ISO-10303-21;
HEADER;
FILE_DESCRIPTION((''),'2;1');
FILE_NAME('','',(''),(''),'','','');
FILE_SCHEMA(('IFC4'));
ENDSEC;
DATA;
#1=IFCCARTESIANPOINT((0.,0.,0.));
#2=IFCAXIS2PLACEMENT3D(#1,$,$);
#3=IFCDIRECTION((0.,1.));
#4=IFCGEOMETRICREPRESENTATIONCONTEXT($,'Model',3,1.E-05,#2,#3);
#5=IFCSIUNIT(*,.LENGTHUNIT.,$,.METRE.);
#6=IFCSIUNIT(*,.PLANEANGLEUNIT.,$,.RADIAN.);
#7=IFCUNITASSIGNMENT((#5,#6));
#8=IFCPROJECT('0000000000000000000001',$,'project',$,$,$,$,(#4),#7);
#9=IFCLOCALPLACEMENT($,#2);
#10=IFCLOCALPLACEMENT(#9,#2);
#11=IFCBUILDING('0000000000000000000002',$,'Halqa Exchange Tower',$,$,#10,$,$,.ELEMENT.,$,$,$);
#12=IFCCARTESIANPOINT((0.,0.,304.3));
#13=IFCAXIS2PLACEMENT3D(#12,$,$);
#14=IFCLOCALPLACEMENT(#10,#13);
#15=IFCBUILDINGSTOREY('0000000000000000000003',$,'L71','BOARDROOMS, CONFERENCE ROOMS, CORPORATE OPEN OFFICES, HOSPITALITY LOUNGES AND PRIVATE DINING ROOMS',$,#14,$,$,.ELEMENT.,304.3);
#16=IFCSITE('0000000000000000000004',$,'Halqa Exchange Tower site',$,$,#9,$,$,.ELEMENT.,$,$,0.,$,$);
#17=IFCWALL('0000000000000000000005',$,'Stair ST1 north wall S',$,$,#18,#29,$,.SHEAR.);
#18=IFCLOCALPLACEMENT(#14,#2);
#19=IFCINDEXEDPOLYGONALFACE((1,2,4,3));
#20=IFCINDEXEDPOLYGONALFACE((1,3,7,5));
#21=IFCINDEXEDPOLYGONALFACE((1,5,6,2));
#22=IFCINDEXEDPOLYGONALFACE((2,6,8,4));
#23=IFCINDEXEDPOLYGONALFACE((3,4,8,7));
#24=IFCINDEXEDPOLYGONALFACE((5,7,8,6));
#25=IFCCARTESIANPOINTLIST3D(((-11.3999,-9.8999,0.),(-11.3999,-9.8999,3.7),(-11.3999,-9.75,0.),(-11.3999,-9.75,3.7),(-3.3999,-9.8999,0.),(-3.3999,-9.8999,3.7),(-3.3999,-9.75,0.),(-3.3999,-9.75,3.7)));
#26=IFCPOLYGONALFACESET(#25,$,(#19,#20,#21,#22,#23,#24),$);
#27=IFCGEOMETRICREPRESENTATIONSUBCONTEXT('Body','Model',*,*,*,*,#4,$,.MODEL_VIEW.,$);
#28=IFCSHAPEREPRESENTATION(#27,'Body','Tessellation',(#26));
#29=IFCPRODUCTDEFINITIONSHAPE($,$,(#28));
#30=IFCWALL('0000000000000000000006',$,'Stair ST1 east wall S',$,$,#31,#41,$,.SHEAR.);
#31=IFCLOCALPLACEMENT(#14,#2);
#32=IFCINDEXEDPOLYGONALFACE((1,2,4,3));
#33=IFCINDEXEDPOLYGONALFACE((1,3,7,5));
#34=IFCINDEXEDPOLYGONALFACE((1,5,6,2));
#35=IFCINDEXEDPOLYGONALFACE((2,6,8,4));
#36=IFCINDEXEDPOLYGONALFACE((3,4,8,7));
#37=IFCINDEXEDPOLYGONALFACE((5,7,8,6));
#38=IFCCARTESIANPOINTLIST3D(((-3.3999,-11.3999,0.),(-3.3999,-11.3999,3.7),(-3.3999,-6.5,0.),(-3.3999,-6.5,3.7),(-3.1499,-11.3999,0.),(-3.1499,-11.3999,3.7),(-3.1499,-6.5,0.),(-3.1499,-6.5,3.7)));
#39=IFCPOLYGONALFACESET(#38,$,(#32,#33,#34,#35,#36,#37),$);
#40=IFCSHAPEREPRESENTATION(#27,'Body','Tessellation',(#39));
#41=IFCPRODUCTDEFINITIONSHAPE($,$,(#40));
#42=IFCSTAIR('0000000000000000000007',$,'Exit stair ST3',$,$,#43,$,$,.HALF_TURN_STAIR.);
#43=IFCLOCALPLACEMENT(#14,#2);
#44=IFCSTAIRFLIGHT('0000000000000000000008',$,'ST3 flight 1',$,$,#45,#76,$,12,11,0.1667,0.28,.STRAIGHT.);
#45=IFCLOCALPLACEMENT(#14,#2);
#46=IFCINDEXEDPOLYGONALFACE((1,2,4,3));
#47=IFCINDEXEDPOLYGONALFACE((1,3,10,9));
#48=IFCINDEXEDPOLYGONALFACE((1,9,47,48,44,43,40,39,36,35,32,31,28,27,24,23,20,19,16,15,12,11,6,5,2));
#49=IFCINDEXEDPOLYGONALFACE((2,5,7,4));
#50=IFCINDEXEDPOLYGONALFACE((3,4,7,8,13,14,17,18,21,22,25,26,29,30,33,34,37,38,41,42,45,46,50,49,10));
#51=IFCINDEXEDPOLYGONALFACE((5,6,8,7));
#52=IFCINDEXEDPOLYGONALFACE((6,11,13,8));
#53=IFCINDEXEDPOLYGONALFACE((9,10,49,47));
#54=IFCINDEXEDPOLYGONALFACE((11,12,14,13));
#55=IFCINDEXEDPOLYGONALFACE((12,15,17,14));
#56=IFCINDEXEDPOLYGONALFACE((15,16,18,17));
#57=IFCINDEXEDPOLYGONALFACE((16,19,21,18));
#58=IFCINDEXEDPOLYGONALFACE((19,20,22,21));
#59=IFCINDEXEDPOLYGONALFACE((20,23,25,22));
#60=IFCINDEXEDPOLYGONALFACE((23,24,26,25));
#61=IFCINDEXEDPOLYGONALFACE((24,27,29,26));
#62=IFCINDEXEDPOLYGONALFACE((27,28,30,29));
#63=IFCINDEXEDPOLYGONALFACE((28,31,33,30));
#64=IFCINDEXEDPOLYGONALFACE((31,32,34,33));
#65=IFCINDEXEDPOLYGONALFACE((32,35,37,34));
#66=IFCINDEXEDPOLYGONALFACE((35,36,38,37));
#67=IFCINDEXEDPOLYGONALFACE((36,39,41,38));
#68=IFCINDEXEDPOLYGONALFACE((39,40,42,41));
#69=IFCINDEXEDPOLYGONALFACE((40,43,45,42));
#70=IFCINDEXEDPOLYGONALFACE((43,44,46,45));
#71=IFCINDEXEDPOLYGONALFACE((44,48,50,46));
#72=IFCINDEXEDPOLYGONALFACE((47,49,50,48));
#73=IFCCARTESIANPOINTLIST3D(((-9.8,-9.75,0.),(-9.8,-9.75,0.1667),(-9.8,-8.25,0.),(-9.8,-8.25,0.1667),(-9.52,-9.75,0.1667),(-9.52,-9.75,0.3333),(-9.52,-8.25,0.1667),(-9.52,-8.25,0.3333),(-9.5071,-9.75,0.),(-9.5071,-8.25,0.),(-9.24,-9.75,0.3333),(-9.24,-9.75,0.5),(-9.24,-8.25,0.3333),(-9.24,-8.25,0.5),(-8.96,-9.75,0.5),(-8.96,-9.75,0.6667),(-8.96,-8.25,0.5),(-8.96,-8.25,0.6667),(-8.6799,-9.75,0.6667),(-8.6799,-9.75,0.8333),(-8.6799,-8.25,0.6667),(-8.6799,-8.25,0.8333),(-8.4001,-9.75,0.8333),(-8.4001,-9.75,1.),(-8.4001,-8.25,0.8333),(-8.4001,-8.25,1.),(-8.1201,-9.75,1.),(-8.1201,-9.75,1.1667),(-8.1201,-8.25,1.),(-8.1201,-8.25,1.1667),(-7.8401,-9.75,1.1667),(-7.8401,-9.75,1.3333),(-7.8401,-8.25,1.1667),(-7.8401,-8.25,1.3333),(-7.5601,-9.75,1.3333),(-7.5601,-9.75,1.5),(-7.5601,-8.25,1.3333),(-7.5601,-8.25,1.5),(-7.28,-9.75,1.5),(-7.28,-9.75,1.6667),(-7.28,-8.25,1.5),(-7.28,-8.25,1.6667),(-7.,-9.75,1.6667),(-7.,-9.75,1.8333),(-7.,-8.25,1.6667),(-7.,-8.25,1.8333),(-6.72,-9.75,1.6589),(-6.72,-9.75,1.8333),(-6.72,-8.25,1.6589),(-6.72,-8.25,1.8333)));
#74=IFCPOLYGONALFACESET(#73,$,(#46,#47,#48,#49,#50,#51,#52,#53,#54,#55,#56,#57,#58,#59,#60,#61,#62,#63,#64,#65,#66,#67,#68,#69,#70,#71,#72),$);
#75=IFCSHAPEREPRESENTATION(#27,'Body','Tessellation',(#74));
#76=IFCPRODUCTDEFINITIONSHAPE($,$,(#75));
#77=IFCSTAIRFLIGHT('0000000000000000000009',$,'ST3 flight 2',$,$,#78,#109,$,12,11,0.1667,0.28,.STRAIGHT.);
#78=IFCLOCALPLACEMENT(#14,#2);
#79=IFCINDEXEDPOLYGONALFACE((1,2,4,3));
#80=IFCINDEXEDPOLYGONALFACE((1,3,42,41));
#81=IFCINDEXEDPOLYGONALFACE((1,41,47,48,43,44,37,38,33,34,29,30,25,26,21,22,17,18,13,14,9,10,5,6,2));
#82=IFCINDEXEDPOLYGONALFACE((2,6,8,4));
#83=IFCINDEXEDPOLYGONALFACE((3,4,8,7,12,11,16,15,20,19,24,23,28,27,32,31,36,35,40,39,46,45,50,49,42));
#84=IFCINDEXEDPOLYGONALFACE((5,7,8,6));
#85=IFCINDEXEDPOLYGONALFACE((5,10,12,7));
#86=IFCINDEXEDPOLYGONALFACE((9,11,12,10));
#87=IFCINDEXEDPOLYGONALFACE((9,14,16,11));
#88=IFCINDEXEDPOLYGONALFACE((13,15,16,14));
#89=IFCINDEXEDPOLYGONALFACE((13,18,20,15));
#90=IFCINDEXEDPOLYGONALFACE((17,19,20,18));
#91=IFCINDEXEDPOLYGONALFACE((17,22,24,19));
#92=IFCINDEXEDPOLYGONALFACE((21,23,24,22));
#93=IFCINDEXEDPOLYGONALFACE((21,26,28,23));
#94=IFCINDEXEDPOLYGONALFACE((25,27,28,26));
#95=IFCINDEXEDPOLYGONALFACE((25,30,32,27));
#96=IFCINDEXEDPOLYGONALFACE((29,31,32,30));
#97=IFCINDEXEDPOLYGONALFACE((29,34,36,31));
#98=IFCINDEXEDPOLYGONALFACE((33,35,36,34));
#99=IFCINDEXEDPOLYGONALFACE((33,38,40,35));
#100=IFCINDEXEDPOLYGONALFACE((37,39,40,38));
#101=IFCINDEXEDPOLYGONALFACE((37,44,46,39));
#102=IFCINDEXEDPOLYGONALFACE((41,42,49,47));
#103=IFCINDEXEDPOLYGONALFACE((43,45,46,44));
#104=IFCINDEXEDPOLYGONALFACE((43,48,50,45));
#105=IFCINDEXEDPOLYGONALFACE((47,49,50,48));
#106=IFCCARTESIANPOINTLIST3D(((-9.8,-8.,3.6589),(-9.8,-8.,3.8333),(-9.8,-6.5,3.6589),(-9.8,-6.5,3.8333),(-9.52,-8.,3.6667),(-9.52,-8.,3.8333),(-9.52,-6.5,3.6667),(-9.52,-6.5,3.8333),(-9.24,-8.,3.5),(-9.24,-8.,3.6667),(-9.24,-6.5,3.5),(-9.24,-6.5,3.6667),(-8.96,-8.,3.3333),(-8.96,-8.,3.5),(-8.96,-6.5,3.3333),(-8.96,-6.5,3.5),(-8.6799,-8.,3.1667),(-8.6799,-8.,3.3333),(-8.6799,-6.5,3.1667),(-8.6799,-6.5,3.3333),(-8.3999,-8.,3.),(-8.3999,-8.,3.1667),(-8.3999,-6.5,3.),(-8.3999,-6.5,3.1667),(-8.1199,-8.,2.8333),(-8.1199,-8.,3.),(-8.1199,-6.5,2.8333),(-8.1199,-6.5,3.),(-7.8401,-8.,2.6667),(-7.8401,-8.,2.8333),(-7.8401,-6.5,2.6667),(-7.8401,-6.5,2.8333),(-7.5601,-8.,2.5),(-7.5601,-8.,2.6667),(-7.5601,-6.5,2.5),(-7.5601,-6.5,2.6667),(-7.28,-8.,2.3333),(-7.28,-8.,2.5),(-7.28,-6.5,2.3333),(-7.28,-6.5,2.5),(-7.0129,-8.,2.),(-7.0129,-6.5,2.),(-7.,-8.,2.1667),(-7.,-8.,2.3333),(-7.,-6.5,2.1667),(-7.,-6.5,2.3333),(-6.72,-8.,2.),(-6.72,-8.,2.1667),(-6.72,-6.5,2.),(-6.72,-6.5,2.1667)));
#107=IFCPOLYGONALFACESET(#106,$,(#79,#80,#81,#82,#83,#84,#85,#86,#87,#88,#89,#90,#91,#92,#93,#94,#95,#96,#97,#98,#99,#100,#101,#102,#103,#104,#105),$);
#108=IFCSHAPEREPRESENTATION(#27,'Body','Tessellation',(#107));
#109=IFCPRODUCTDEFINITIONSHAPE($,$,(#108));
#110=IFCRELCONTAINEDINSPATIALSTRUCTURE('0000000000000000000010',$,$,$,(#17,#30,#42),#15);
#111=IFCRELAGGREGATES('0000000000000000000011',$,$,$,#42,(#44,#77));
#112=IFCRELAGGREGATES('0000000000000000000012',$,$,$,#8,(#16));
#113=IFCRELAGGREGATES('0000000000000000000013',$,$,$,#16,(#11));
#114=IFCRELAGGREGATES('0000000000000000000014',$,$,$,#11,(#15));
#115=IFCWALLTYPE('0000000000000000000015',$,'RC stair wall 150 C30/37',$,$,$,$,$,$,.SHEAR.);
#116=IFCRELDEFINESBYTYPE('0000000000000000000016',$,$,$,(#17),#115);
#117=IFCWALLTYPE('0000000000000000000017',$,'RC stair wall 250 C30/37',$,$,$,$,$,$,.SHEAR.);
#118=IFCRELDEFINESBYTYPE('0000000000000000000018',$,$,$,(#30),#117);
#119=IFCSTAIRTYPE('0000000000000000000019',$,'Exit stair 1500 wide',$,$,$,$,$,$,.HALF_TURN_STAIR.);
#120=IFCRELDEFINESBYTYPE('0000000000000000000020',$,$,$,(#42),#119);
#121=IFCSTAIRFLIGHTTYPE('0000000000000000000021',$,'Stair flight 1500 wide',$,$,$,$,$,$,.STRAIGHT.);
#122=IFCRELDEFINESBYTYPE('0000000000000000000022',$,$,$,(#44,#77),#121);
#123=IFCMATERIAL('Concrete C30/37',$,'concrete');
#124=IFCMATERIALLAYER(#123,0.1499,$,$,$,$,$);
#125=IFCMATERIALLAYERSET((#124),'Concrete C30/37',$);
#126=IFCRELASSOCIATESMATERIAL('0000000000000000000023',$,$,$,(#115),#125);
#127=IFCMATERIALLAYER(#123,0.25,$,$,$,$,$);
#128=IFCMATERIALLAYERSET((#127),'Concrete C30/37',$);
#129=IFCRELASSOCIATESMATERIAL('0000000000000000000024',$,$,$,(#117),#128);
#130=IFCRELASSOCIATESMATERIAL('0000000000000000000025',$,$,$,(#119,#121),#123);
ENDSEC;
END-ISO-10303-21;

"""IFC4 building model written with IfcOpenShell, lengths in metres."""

from ifc_helpers import new_model, si_unit, direction, frame, frame_2d, origin, place, context, subcontext, project, spatial, polyline, rectangle, outline, extrude, material, layer, layer_set, type_object, element, aggregate, save


model = new_model("IFC4")

# Units and contexts
model_context = context("Model", 3, precision=1e-05, world=origin(), true_north=direction((0.0, 1.0)))
body_context = subcontext(model_context, "Body", "Model", "MODEL_VIEW")
ifc_project = project(units=[si_unit("LENGTHUNIT", "METRE"), si_unit("PLANEANGLEUNIT", "RADIAN")], contexts=[model_context])

# Site, building, storey
site_placement = place(None, origin())
site = spatial("IfcSite", under=ifc_project, at=site_placement, Name="Halqa Exchange Tower site", CompositionType="ELEMENT", RefElevation=0.0)
building_placement = place(site_placement, origin())
building = spatial("IfcBuilding", under=site, at=building_placement, Name="Halqa Exchange Tower", CompositionType="ELEMENT")
storey_placement = place(building_placement, frame((0.0, 0.0, 304.3)))
storey = spatial("IfcBuildingStorey", under=building, at=storey_placement, Name="L71", Description="BOARDROOMS, CONFERENCE ROOMS, CORPORATE OPEN OFFICES, HOSPITALITY LOUNGES AND PRIVATE DINING ROOMS", CompositionType="ELEMENT", Elevation=304.3)

# Walls
ifc_material_1 = material(Name="Concrete C30/37", Category="concrete")
ifc_layer_1 = layer(ifc_material_1, 0.1499)
ifc_layer_set_1 = layer_set([ifc_layer_1], Name="Concrete C30/37")
wall_type_1 = type_object("IfcWallType", Name="RC stair wall 150 C30/37", PredefinedType="SHEAR", material=ifc_layer_set_1)
wall_1_placement = place(storey_placement, frame((-11.3999, -9.825, 0.0), z_axis=(0.0, 0.0, 1.0), x_axis=(1.0, 0.0, 0.0)))
element("IfcWall", 1, at=wall_1_placement, inside=storey, type_object=wall_type_1, Name="Stair ST1 north wall S", PredefinedType="SHEAR", context=body_context, shape_type="SweptSolid", body=[
    extrude(rectangle(XDim=8.0, YDim=0.1499, at=frame_2d((4.0, 0.0))), origin(), (0.0, 0.0, 1.0), 3.7),
])
ifc_layer_2 = layer(ifc_material_1, 0.25)
ifc_layer_set_2 = layer_set([ifc_layer_2], Name="Concrete C30/37")
wall_type_2 = type_object("IfcWallType", Name="RC stair wall 250 C30/37", PredefinedType="SHEAR", material=ifc_layer_set_2)
wall_2_placement = place(storey_placement, frame((-3.2749, -11.3999, 0.0), z_axis=(0.0, 0.0, 1.0), x_axis=(0.0, 1.0, 0.0)))
element("IfcWall", 2, at=wall_2_placement, inside=storey, type_object=wall_type_2, Name="Stair ST1 east wall S", PredefinedType="SHEAR", context=body_context, shape_type="SweptSolid", body=[
    extrude(rectangle(XDim=4.8999, YDim=0.25, at=frame_2d((2.45, 0.0))), origin(), (0.0, 0.0, 1.0), 3.7),
])

# Stair, stair flights
stair_type = type_object("IfcStairType", Name="Exit stair 1500 wide", PredefinedType="HALF_TURN_STAIR", material=ifc_material_1)
stair_placement = place(storey_placement, origin())
stair = element("IfcStair", 3, at=stair_placement, inside=storey, type_object=stair_type, Name="Exit stair ST3", PredefinedType="HALF_TURN_STAIR")
stair_flight_type = type_object("IfcStairFlightType", Name="Stair flight 1500 wide", PredefinedType="STRAIGHT", material=ifc_material_1)
stair_flight_1_placement = place(storey_placement, frame((-9.8, -9.0, 0.0), z_axis=(0.0, 0.0, 1.0), x_axis=(1.0, 0.0, 0.0)))
stair_flight_1 = element("IfcStairFlight", 4, at=stair_flight_1_placement, type_object=stair_flight_type, Name="ST3 flight 1", NumberOfRisers=12, NumberOfTreads=11, PredefinedType="STRAIGHT", RiserHeight=0.1667, TreadLength=0.28, context=body_context, shape_type="SweptSolid", body=[
    extrude(outline(polyline([(0.0, 0.0), (0.0, 0.1667), (0.28, 0.1667), (0.28, 0.3333), (0.5601, 0.3333), (0.5601, 0.5), (0.8401, 0.5), (0.8401, 0.6667), (1.1201, 0.6667), (1.1201, 0.8333), (1.3999, 0.8333), (1.3999, 1.0), (1.6799, 1.0), (1.6799, 1.1667), (1.96, 1.1667), (1.96, 1.3333), (2.24, 1.3333), (2.24, 1.5), (2.52, 1.5), (2.52, 1.6667), (2.8, 1.6667), (2.8, 1.8333), (3.0801, 1.8333), (3.0801, 2.0), (3.0801, 1.6589), (0.293, 0.0), (0.0, 0.0)])), frame((0.0, 0.75, 0.0), z_axis=(0.0, -1.0, 0.0), x_axis=(1.0, 0.0, 0.0)), (0.0, 0.0, 1.0), 1.5),
])
stair_flight_2_placement = place(storey_placement, frame((-6.72, -7.25, 2.0), z_axis=(0.0, 0.0, 1.0), x_axis=(-1.0, 0.0, 0.0)))
stair_flight_2 = element("IfcStairFlight", 5, at=stair_flight_2_placement, type_object=stair_flight_type, Name="ST3 flight 2", NumberOfRisers=12, NumberOfTreads=11, PredefinedType="STRAIGHT", RiserHeight=0.1667, TreadLength=0.28, context=body_context, shape_type="SweptSolid", body=[
    extrude(outline(polyline([(0.0, 0.0), (0.0, 0.1667), (0.28, 0.1667), (0.28, 0.3333), (0.5601, 0.3333), (0.5601, 0.5), (0.8401, 0.5), (0.8401, 0.6667), (1.1201, 0.6667), (1.1201, 0.8333), (1.3999, 0.8333), (1.3999, 1.0), (1.6799, 1.0), (1.6799, 1.1667), (1.96, 1.1667), (1.96, 1.3333), (2.24, 1.3333), (2.24, 1.5), (2.52, 1.5), (2.52, 1.6667), (2.8, 1.6667), (2.8, 1.8333), (3.0801, 1.8333), (3.0801, 2.0), (3.0801, 1.6589), (0.293, 0.0), (0.0, 0.0)])), frame((0.0, 0.75, 0.0), z_axis=(0.0, -1.0, 0.0), x_axis=(1.0, 0.0, 0.0)), (0.0, 0.0, 1.0), 1.5),
])
aggregate(stair, [stair_flight_1, stair_flight_2])

save(model, "model.ifc")
